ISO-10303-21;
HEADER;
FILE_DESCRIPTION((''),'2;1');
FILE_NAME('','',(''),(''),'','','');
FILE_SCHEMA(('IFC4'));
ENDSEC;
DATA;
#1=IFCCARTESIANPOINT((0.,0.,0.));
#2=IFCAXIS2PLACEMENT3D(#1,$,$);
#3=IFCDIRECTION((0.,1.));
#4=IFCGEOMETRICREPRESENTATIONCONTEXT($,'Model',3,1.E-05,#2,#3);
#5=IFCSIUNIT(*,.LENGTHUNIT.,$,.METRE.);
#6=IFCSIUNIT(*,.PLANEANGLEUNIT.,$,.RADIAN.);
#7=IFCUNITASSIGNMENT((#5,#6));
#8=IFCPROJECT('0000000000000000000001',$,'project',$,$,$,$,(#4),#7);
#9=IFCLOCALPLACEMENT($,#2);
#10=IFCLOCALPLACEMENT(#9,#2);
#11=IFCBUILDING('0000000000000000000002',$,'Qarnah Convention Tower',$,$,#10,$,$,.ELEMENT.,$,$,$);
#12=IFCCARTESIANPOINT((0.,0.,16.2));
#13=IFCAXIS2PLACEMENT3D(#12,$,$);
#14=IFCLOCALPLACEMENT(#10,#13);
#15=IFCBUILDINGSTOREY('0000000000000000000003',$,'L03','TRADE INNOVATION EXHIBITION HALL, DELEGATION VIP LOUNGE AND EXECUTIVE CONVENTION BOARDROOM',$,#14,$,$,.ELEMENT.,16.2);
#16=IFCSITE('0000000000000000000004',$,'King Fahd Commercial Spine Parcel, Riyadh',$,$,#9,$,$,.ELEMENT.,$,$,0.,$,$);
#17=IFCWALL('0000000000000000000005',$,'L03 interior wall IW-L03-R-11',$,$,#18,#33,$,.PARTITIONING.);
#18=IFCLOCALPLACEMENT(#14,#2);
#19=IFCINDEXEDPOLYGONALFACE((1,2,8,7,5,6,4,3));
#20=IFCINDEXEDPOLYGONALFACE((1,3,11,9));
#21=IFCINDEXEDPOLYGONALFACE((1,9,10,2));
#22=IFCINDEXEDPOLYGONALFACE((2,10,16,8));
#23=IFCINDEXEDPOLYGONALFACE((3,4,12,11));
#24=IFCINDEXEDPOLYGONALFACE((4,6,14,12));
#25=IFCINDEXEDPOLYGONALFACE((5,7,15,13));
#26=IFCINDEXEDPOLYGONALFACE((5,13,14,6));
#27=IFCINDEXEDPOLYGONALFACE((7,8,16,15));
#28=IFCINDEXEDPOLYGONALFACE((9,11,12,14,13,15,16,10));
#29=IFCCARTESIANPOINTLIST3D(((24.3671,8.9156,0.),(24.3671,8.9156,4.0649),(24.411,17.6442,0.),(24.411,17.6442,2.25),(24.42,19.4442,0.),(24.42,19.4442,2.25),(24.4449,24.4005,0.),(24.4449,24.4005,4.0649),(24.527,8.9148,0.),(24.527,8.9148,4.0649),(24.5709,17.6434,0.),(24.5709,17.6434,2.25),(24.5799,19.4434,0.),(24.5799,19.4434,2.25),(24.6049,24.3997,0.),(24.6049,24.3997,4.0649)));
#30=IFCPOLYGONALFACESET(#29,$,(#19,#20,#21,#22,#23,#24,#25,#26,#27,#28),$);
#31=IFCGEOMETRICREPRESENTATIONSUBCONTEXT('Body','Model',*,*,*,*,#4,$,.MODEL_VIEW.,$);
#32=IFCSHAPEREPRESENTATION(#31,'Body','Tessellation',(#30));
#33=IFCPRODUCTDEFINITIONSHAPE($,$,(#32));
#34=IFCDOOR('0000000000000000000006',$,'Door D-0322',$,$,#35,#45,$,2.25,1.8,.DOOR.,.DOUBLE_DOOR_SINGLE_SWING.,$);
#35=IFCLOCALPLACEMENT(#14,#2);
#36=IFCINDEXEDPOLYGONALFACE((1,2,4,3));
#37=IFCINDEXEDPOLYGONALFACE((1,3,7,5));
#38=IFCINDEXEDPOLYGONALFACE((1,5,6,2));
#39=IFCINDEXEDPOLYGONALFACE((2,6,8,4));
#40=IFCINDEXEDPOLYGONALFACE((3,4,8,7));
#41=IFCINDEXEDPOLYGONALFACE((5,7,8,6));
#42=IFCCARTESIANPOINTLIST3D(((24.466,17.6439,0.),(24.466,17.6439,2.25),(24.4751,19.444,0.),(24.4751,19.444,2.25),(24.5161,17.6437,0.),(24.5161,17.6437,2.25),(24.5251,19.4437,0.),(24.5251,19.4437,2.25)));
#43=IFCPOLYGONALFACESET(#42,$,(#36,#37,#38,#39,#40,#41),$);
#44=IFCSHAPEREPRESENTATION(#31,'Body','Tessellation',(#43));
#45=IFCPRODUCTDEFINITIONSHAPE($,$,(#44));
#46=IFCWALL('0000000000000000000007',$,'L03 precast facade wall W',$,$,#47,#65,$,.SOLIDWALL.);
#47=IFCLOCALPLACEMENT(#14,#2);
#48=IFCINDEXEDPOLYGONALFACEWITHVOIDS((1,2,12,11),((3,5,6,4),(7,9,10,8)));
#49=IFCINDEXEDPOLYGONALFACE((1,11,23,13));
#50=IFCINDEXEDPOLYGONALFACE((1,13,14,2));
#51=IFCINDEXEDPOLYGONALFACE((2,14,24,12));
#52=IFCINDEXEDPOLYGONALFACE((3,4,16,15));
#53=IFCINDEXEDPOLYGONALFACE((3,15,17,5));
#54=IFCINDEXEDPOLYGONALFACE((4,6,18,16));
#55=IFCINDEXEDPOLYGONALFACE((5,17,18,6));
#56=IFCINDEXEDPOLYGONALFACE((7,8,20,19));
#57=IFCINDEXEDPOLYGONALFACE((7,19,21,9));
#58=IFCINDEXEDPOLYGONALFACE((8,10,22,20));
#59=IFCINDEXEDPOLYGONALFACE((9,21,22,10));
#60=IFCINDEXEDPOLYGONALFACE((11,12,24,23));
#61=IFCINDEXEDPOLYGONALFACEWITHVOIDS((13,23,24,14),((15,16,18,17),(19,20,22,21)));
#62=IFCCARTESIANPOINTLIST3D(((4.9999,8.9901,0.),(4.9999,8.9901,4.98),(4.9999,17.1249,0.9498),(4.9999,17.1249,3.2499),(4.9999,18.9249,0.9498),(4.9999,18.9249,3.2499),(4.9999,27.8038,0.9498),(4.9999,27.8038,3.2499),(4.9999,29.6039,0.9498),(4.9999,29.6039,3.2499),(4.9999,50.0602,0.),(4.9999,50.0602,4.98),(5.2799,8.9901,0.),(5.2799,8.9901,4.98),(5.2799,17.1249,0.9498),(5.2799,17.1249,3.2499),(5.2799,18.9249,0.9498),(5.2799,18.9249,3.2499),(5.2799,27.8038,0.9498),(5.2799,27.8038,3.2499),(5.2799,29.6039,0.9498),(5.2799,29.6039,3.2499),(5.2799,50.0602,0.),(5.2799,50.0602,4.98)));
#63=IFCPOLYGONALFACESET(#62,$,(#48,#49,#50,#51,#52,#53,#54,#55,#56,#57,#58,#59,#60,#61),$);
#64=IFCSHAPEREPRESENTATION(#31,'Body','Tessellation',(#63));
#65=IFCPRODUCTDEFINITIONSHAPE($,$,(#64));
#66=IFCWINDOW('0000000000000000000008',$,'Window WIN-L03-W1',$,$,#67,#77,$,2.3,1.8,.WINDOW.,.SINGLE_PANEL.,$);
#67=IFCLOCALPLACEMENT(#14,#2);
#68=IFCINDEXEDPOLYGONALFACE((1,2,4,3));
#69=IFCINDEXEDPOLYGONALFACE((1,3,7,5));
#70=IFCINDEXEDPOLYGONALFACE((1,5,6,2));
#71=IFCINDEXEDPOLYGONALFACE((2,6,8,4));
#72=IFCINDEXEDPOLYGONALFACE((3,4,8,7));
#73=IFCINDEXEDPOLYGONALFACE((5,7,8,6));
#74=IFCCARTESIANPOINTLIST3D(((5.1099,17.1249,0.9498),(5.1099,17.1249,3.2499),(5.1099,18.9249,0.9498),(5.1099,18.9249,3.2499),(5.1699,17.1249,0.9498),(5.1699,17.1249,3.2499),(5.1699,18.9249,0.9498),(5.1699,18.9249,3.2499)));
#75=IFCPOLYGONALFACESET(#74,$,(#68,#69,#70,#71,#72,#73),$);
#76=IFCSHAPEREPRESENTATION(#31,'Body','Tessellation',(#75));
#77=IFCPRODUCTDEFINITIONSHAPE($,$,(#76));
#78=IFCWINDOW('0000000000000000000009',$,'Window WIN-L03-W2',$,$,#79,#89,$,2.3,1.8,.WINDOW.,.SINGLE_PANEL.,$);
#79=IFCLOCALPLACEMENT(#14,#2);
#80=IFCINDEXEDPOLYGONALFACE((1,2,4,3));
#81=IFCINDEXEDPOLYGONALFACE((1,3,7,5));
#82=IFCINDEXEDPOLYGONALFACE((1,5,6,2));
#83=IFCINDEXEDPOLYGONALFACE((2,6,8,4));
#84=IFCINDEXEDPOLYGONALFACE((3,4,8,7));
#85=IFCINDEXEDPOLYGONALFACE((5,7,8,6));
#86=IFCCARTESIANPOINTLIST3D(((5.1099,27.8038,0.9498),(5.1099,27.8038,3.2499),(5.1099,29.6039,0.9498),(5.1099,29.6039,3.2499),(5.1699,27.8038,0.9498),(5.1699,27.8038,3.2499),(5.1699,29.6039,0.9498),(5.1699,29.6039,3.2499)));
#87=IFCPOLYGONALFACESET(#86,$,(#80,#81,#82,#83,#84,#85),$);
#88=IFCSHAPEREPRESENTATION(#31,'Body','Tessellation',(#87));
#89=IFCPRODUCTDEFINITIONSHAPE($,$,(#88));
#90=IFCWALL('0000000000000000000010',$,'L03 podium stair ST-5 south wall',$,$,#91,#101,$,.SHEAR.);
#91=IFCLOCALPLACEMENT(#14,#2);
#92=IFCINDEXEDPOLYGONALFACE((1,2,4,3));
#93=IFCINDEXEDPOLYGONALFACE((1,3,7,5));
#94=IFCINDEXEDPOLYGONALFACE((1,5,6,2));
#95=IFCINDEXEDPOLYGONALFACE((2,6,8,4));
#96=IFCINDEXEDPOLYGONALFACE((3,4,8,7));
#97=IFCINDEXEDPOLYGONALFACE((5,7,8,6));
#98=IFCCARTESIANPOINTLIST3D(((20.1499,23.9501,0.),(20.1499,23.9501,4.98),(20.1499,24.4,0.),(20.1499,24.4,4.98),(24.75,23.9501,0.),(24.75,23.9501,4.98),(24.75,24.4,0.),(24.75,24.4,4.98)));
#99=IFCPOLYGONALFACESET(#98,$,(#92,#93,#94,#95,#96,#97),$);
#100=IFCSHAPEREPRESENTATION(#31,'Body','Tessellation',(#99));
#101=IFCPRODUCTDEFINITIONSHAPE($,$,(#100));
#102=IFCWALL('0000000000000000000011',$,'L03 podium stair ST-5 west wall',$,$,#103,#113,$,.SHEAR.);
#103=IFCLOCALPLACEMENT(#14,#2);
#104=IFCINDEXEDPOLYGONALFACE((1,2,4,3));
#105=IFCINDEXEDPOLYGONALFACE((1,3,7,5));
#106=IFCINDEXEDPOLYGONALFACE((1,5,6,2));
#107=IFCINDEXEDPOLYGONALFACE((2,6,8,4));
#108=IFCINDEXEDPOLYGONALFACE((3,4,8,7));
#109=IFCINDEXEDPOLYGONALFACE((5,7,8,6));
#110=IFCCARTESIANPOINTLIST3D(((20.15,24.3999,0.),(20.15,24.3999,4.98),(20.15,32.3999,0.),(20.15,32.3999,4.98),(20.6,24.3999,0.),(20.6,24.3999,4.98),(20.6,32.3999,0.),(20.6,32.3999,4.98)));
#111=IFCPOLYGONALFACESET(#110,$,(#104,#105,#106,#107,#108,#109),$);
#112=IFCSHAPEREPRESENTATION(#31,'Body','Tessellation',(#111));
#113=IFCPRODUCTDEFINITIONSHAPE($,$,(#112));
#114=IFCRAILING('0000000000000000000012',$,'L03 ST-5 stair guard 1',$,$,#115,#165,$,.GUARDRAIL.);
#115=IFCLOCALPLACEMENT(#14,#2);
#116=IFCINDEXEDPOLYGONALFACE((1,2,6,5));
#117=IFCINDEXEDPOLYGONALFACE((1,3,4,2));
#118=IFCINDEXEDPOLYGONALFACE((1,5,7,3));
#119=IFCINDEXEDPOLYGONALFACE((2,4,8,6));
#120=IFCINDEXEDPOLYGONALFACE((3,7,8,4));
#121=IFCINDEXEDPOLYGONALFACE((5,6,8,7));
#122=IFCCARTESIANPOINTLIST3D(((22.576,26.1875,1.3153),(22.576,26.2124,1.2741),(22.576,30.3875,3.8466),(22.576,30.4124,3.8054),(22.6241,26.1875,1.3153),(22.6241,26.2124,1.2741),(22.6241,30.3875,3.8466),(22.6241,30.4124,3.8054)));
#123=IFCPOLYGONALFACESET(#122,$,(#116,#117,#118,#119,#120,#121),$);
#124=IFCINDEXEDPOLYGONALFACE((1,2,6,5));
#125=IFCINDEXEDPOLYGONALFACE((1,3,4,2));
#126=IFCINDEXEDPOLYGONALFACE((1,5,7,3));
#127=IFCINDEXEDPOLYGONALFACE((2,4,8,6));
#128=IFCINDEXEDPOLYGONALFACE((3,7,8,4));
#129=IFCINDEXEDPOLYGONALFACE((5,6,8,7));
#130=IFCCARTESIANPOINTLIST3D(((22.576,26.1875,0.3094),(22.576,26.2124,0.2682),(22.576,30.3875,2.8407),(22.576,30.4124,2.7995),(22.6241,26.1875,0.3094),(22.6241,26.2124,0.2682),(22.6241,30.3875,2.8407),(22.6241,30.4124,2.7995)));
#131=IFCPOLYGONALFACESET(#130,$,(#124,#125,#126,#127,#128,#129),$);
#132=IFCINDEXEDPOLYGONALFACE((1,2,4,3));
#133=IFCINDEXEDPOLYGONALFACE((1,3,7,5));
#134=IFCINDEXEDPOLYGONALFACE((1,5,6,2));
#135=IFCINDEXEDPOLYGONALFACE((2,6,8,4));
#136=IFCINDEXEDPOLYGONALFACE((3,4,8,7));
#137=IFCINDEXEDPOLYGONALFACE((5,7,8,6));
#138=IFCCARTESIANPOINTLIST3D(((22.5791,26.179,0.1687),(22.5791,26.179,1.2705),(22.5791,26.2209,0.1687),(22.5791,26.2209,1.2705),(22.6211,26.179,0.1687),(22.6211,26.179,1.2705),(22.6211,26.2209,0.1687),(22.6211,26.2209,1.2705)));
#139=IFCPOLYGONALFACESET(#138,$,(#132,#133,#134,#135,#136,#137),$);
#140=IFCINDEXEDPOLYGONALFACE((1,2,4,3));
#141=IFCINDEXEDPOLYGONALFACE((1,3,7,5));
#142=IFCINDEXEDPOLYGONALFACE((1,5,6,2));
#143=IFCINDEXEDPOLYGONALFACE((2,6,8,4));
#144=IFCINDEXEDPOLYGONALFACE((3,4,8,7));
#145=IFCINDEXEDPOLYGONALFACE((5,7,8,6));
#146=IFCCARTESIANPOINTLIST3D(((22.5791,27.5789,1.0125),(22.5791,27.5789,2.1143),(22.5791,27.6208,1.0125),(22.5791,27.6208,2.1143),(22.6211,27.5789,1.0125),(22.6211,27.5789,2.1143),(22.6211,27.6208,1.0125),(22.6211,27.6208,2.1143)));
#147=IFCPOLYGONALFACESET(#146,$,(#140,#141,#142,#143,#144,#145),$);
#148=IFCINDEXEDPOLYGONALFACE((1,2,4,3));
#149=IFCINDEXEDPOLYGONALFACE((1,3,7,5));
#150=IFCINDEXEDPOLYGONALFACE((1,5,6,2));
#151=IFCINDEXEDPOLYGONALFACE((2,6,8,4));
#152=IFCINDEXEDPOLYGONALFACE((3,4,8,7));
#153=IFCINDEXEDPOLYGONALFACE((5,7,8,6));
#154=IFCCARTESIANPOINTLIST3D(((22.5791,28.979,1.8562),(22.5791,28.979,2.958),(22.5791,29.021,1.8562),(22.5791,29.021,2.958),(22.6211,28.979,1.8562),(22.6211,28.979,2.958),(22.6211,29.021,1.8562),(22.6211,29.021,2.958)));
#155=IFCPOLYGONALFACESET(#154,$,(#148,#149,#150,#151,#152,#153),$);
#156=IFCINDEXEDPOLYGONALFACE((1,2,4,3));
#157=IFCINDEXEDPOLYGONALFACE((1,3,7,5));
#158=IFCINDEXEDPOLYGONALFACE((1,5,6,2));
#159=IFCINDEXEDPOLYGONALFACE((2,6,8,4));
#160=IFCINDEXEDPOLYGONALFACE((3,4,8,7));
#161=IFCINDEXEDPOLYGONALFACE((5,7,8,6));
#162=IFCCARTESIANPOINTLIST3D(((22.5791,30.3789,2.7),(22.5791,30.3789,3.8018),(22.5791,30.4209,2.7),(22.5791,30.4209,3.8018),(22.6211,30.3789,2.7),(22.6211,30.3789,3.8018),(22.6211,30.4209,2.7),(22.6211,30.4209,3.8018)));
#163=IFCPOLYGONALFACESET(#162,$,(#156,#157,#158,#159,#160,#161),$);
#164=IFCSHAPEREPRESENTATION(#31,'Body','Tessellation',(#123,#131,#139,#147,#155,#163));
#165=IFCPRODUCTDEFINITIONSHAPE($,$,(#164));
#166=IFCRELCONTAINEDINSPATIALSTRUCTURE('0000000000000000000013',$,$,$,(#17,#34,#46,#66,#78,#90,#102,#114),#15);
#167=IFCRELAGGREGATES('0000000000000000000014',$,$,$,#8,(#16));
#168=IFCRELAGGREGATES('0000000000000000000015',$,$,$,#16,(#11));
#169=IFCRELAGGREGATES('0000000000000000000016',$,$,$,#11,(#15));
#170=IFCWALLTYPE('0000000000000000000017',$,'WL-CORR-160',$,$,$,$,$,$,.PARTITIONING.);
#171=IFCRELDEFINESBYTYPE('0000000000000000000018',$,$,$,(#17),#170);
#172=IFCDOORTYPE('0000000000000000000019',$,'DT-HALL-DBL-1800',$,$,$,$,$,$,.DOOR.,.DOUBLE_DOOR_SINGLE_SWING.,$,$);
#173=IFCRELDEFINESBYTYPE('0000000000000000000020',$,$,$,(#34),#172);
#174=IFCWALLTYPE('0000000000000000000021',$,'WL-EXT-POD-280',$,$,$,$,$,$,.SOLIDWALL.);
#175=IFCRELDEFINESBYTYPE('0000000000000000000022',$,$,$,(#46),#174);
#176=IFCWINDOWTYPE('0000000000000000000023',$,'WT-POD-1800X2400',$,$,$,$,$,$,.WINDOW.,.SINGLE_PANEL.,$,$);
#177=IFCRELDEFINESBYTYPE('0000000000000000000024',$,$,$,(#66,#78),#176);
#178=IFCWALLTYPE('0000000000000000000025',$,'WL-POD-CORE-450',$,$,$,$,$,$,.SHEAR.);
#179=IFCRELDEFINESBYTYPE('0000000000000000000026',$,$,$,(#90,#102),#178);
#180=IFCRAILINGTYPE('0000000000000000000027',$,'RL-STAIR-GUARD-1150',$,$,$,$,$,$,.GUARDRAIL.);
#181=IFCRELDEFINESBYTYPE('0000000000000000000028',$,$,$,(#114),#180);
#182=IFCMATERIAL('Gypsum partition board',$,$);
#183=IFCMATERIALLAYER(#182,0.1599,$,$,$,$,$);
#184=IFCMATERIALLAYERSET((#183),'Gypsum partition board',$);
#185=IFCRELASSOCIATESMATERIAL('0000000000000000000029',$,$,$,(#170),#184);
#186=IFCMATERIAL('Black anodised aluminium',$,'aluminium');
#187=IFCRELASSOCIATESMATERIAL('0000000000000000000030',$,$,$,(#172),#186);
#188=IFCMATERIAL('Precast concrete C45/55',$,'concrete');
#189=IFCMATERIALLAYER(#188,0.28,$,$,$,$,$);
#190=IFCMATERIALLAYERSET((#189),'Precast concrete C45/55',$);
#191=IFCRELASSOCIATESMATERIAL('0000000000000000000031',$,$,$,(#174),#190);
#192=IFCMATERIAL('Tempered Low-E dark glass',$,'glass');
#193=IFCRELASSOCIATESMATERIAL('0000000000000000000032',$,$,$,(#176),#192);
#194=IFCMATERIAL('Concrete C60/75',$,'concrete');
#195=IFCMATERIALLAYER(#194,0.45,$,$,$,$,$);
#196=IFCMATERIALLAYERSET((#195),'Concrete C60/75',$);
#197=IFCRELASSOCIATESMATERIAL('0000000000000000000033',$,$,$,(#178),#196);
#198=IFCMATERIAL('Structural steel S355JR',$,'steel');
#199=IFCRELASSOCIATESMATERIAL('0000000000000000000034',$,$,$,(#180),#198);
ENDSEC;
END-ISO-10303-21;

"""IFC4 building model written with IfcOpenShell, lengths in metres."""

from ifc_helpers import new_model, si_unit, direction, frame, frame_2d, origin, origin_2d, place, context, subcontext, project, spatial, rectangle, extrude, material, layer, layer_set, type_object, element, fill, save


model = new_model("IFC4")

# Units and contexts
model_context = context("Model", 3, precision=1e-05, world=origin(), true_north=direction((0.0, 1.0)))
body_context = subcontext(model_context, "Body", "Model", "MODEL_VIEW")
ifc_project = project(units=[si_unit("LENGTHUNIT", "METRE"), si_unit("PLANEANGLEUNIT", "RADIAN")], contexts=[model_context])

# Site, building, storey
site_placement = place(None, origin())
site = spatial("IfcSite", under=ifc_project, at=site_placement, Name="King Fahd Commercial Spine Parcel, Riyadh", CompositionType="ELEMENT", RefElevation=0.0)
building_placement = place(site_placement, origin())
building = spatial("IfcBuilding", under=site, at=building_placement, Name="Qarnah Convention Tower", CompositionType="ELEMENT")
storey_placement = place(building_placement, frame((0.0, 0.0, 16.2)))
storey = spatial("IfcBuildingStorey", under=building, at=storey_placement, Name="L03", Description="TRADE INNOVATION EXHIBITION HALL, DELEGATION VIP LOUNGE AND EXECUTIVE CONVENTION BOARDROOM", CompositionType="ELEMENT", Elevation=16.2)

# Shared definitions
ifc_material_1 = material(Name="Concrete C60/75", Category="concrete")

# Shared definitions
ifc_material_2 = material(Name="Structural steel S355JR", Category="steel")

# Shared definitions
ifc_material_3 = material(Name="Tempered Low-E dark glass", Category="glass")

# Wall, opening, door
ifc_material_4 = material(Name="Gypsum partition board")
ifc_layer_1 = layer(ifc_material_4, 0.1599)
ifc_layer_set_1 = layer_set([ifc_layer_1], Name="Gypsum partition board")
wall_type_1 = type_object("IfcWallType", Name="WL-CORR-160", PredefinedType="PARTITIONING", material=ifc_layer_set_1)
wall_1_placement = place(storey_placement, frame((24.447, 8.915, 0.0), z_axis=(0.0, 0.0, 1.0), x_axis=(0.005029, 0.999987, 0.0)))
wall_1 = element("IfcWall", 1, at=wall_1_placement, inside=storey, type_object=wall_type_1, Name="L03 interior wall IW-L03-R-11", PredefinedType="PARTITIONING", context=body_context, shape_type="SweptSolid", body=[
    extrude(rectangle(XDim=15.4851, YDim=0.1599, at=frame_2d((7.7427, 0.0))), origin(), (0.0, 0.0, 1.0), 4.0649),
])
opening_1_placement = place(wall_1_placement, frame((8.729, 0.0, 0.0)))
opening_1 = element("IfcOpeningElement", 2, at=opening_1_placement, cuts=wall_1, PredefinedType="OPENING", context=body_context, shape_type="SweptSolid", body=[
    extrude(rectangle(XDim=1.8, YDim=2.25, at=frame_2d((0.8999, 1.125))), frame((0.0, 0.0898, 0.0), z_axis=(0.0, -1.0, 0.0), x_axis=(1.0, 0.0, 0.0)), (0.0, 0.0, 1.0), 0.1799),
])
ifc_material_5 = material(Name="Black anodised aluminium", Category="aluminium")
door_type = type_object("IfcDoorType", Name="DT-HALL-DBL-1800", OperationType="DOUBLE_DOOR_SINGLE_SWING", PredefinedType="DOOR", material=ifc_material_5)
door_placement = place(opening_1_placement, origin())
door = element("IfcDoor", 3, at=door_placement, inside=storey, type_object=door_type, Name="Door D-0322", OperationType="DOUBLE_DOOR_SINGLE_SWING", OverallHeight=2.25, OverallWidth=1.8, PredefinedType="DOOR", context=body_context, shape_type="SweptSolid", body=[
    extrude(rectangle(XDim=1.8, YDim=2.25, at=frame_2d((0.8999, 1.125))), frame((0.0, 0.0249, 0.0), z_axis=(0.0, -1.0, 0.0), x_axis=(1.0, 0.0, 0.0)), (0.0, 0.0, 1.0), 0.05),
])
fill(opening_1, door)

# Wall, openings, windows
ifc_material_6 = material(Name="Precast concrete C45/55", Category="concrete")
ifc_layer_2 = layer(ifc_material_6, 0.28)
ifc_layer_set_2 = layer_set([ifc_layer_2], Name="Precast concrete C45/55")
wall_type_2 = type_object("IfcWallType", Name="WL-EXT-POD-280", PredefinedType="SOLIDWALL", material=ifc_layer_set_2)
wall_2_placement = place(storey_placement, frame((5.1399, 8.99, 0.0), z_axis=(0.0, 0.0, 1.0), x_axis=(0.0, 1.0, 0.0)))
wall_2 = element("IfcWall", 4, at=wall_2_placement, inside=storey, type_object=wall_type_2, Name="L03 precast facade wall W", PredefinedType="SOLIDWALL", context=body_context, shape_type="SweptSolid", body=[
    extrude(rectangle(XDim=41.0701, YDim=0.28, at=frame_2d((20.5352, 0.0))), origin(), (0.0, 0.0, 1.0), 4.98),
])
opening_2_placement = place(wall_2_placement, frame((8.135, 0.0, 0.95)))
opening_2 = element("IfcOpeningElement", 5, at=opening_2_placement, cuts=wall_2, PredefinedType="OPENING", context=body_context, shape_type="SweptSolid", body=[
    extrude(rectangle(XDim=1.8, YDim=2.3, at=frame_2d((0.8999, 1.1499))), frame((0.0, 0.1499, 0.0), z_axis=(0.0, -1.0, 0.0), x_axis=(1.0, 0.0, 0.0)), (0.0, 0.0, 1.0), 0.3),
])
opening_3_placement = place(wall_2_placement, frame((18.814, 0.0, 0.95)))
opening_3 = element("IfcOpeningElement", 6, at=opening_3_placement, cuts=wall_2, PredefinedType="OPENING", context=body_context, shape_type="SweptSolid", body=[
    extrude(rectangle(XDim=1.8, YDim=2.3, at=frame_2d((0.8999, 1.1499))), frame((0.0, 0.1499, 0.0), z_axis=(0.0, -1.0, 0.0), x_axis=(1.0, 0.0, 0.0)), (0.0, 0.0, 1.0), 0.3),
])
window_type_1 = type_object("IfcWindowType", Name="WT-POD-1800X2400", PartitioningType="SINGLE_PANEL", PredefinedType="WINDOW", material=ifc_material_3)
window_1_placement = place(opening_2_placement, origin())
window_1 = element("IfcWindow", 7, at=window_1_placement, inside=storey, type_object=window_type_1, Name="Window WIN-L03-W1", OverallHeight=2.3, OverallWidth=1.8, PartitioningType="SINGLE_PANEL", PredefinedType="WINDOW", context=body_context, shape_type="SweptSolid", body=[
    extrude(rectangle(XDim=1.8, YDim=2.3, at=frame_2d((0.8999, 1.1499))), frame((0.0, 0.03, 0.0), z_axis=(0.0, -1.0, 0.0), x_axis=(1.0, 0.0, 0.0)), (0.0, 0.0, 1.0), 0.0601),
])
fill(opening_2, window_1)
window_2_placement = place(opening_3_placement, origin())
window_2 = element("IfcWindow", 8, at=window_2_placement, inside=storey, type_object=window_type_1, Name="Window WIN-L03-W2", OverallHeight=2.3, OverallWidth=1.8, PartitioningType="SINGLE_PANEL", PredefinedType="WINDOW", context=body_context, shape_type="SweptSolid", body=[
    extrude(rectangle(XDim=1.8, YDim=2.3, at=frame_2d((0.8999, 1.1499))), frame((0.0, 0.03, 0.0), z_axis=(0.0, -1.0, 0.0), x_axis=(1.0, 0.0, 0.0)), (0.0, 0.0, 1.0), 0.0601),
])
fill(opening_3, window_2)

# Walls
ifc_layer_3 = layer(ifc_material_1, 0.45)
ifc_layer_set_3 = layer_set([ifc_layer_3], Name="Concrete C60/75")
wall_type_3 = type_object("IfcWallType", Name="WL-POD-CORE-450", PredefinedType="SHEAR", material=ifc_layer_set_3)
wall_3_placement = place(storey_placement, frame((20.1499, 24.175, 0.0), z_axis=(0.0, 0.0, 1.0), x_axis=(1.0, 0.0, 0.0)))
element("IfcWall", 9, at=wall_3_placement, inside=storey, type_object=wall_type_3, Name="L03 podium stair ST-5 south wall", PredefinedType="SHEAR", context=body_context, shape_type="SweptSolid", body=[
    extrude(rectangle(XDim=4.6001, YDim=0.45, at=frame_2d((2.3, 0.0))), origin(), (0.0, 0.0, 1.0), 4.98),
])
wall_4_placement = place(storey_placement, frame((20.375, 24.3999, 0.0), z_axis=(0.0, 0.0, 1.0), x_axis=(0.0, 1.0, 0.0)))
element("IfcWall", 10, at=wall_4_placement, inside=storey, type_object=wall_type_3, Name="L03 podium stair ST-5 west wall", PredefinedType="SHEAR", context=body_context, shape_type="SweptSolid", body=[
    extrude(rectangle(XDim=8.0, YDim=0.45, at=frame_2d((4.0, 0.0))), origin(), (0.0, 0.0, 1.0), 4.98),
])

# Railing
railing_type_1 = type_object("IfcRailingType", Name="RL-STAIR-GUARD-1150", PredefinedType="GUARDRAIL", material=ifc_material_2)
railing_1_placement = place(storey_placement, frame((22.6001, 26.2, 0.1687)))
element("IfcRailing", 11, at=railing_1_placement, inside=storey, type_object=railing_type_1, Name="L03 ST-5 stair guard 1", PredefinedType="GUARDRAIL", context=body_context, shape_type="SweptSolid", body=[
    extrude(rectangle(XDim=0.0481, YDim=0.0481, at=origin_2d()), frame((0.0, 0.0, 1.126), z_axis=(0.0, 0.856476, 0.516186), x_axis=(-1.0, 0.0, 0.0)), (0.0, 0.0, 1.0), 4.9038),
    extrude(rectangle(XDim=0.0481, YDim=0.0481, at=origin_2d()), frame((0.0, 0.0, 0.1201), z_axis=(0.0, 0.856476, 0.516186), x_axis=(-1.0, 0.0, 0.0)), (0.0, 0.0, 1.0), 4.9038),
    extrude(rectangle(XDim=0.042, YDim=0.042, at=origin_2d()), origin(), (0.0, 0.0, 1.0), 1.1018),
    extrude(rectangle(XDim=0.042, YDim=0.042, at=origin_2d()), frame((0.0, 1.3999, 0.8438)), (0.0, 0.0, 1.0), 1.1018),
    extrude(rectangle(XDim=0.042, YDim=0.042, at=origin_2d()), frame((0.0, 2.8, 1.6875)), (0.0, 0.0, 1.0), 1.1018),
    extrude(rectangle(XDim=0.042, YDim=0.042, at=origin_2d()), frame((0.0, 4.2, 2.5312)), (0.0, 0.0, 1.0), 1.1018),
])

save(model, "model.ifc")
